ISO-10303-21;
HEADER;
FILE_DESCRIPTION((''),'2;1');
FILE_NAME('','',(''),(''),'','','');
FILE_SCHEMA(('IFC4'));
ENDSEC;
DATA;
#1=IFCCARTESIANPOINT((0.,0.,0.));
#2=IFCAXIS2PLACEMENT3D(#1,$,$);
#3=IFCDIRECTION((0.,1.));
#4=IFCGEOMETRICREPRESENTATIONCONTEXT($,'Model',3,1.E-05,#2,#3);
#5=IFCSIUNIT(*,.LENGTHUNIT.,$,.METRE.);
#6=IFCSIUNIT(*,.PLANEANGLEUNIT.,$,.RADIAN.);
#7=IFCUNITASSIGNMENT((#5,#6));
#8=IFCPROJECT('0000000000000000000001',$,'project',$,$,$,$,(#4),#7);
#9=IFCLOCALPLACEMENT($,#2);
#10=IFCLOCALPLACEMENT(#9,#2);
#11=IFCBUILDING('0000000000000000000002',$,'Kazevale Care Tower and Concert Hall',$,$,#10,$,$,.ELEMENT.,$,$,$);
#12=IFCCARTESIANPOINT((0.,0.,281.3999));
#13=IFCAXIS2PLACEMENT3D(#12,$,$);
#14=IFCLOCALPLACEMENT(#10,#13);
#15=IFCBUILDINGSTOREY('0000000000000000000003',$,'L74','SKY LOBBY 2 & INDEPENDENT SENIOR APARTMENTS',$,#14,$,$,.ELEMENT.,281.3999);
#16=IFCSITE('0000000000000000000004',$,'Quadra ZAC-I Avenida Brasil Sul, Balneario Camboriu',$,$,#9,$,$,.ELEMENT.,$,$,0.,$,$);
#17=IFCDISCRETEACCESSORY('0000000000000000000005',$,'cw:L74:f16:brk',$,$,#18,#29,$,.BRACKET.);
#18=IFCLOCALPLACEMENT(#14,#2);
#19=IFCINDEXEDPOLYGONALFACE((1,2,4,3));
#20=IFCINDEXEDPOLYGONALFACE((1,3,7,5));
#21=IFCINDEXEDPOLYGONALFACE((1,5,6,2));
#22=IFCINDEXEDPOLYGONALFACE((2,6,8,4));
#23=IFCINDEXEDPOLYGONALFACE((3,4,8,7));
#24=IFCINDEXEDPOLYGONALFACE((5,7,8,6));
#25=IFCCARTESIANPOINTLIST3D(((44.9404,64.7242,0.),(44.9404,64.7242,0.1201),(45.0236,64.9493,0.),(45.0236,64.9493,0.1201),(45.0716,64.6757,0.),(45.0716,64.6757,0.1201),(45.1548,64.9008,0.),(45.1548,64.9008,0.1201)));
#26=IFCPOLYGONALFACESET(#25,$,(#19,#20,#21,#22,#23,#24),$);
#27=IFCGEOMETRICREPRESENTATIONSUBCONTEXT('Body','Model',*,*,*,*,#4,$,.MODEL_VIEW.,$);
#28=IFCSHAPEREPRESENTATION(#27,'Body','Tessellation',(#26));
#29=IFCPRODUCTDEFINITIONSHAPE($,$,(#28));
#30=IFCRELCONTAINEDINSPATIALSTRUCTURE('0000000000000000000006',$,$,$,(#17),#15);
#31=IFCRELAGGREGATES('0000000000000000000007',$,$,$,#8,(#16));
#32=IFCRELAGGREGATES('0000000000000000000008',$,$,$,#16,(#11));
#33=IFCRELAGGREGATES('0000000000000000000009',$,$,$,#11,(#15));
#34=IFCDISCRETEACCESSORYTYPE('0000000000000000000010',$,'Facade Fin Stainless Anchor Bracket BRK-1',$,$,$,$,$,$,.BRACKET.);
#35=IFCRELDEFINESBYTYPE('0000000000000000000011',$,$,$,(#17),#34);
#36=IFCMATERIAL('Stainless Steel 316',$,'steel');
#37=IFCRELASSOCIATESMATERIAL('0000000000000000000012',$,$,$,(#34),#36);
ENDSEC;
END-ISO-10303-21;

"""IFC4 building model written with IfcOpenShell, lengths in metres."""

from ifc_helpers import new_model, si_unit, direction, frame, origin, origin_2d, place, context, subcontext, project, spatial, rectangle, extrude, material, type_object, element, save


model = new_model("IFC4")

# Units and contexts
model_context = context("Model", 3, precision=1e-05, world=origin(), true_north=direction((0.0, 1.0)))
body_context = subcontext(model_context, "Body", "Model", "MODEL_VIEW")
ifc_project = project(units=[si_unit("LENGTHUNIT", "METRE"), si_unit("PLANEANGLEUNIT", "RADIAN")], contexts=[model_context])

# Site, building, storey
site_placement = place(None, origin())
site = spatial("IfcSite", under=ifc_project, at=site_placement, Name="Quadra ZAC-I Avenida Brasil Sul, Balneario Camboriu", CompositionType="ELEMENT", RefElevation=0.0)
building_placement = place(site_placement, origin())
building = spatial("IfcBuilding", under=site, at=building_placement, Name="Kazevale Care Tower and Concert Hall", CompositionType="ELEMENT")
storey_placement = place(building_placement, frame((0.0, 0.0, 281.3999)))
storey = spatial("IfcBuildingStorey", under=building, at=storey_placement, Name="L74", Description="SKY LOBBY 2 & INDEPENDENT SENIOR APARTMENTS", CompositionType="ELEMENT", Elevation=281.3999)

# Discrete accessory
ifc_material_1 = material(Name="Stainless Steel 316", Category="steel")
discrete_accessory_type = type_object("IfcDiscreteAccessoryType", Name="Facade Fin Stainless Anchor Bracket BRK-1", PredefinedType="BRACKET", material=ifc_material_1)
discrete_accessory_placement = place(storey_placement, frame((45.0476, 64.8125, 0.0), z_axis=(0.0, 0.0, 1.0), x_axis=(0.346936, 0.937889, 0.0)))
element("IfcDiscreteAccessory", 1, at=discrete_accessory_placement, inside=storey, type_object=discrete_accessory_type, Name="cw:L74:f16:brk", PredefinedType="BRACKET", context=body_context, shape_type="SweptSolid", body=[
    extrude(rectangle(XDim=0.24, YDim=0.1399, at=origin_2d()), origin(), (0.0, 0.0, 1.0), 0.1201),
])

save(model, "model.ifc")
